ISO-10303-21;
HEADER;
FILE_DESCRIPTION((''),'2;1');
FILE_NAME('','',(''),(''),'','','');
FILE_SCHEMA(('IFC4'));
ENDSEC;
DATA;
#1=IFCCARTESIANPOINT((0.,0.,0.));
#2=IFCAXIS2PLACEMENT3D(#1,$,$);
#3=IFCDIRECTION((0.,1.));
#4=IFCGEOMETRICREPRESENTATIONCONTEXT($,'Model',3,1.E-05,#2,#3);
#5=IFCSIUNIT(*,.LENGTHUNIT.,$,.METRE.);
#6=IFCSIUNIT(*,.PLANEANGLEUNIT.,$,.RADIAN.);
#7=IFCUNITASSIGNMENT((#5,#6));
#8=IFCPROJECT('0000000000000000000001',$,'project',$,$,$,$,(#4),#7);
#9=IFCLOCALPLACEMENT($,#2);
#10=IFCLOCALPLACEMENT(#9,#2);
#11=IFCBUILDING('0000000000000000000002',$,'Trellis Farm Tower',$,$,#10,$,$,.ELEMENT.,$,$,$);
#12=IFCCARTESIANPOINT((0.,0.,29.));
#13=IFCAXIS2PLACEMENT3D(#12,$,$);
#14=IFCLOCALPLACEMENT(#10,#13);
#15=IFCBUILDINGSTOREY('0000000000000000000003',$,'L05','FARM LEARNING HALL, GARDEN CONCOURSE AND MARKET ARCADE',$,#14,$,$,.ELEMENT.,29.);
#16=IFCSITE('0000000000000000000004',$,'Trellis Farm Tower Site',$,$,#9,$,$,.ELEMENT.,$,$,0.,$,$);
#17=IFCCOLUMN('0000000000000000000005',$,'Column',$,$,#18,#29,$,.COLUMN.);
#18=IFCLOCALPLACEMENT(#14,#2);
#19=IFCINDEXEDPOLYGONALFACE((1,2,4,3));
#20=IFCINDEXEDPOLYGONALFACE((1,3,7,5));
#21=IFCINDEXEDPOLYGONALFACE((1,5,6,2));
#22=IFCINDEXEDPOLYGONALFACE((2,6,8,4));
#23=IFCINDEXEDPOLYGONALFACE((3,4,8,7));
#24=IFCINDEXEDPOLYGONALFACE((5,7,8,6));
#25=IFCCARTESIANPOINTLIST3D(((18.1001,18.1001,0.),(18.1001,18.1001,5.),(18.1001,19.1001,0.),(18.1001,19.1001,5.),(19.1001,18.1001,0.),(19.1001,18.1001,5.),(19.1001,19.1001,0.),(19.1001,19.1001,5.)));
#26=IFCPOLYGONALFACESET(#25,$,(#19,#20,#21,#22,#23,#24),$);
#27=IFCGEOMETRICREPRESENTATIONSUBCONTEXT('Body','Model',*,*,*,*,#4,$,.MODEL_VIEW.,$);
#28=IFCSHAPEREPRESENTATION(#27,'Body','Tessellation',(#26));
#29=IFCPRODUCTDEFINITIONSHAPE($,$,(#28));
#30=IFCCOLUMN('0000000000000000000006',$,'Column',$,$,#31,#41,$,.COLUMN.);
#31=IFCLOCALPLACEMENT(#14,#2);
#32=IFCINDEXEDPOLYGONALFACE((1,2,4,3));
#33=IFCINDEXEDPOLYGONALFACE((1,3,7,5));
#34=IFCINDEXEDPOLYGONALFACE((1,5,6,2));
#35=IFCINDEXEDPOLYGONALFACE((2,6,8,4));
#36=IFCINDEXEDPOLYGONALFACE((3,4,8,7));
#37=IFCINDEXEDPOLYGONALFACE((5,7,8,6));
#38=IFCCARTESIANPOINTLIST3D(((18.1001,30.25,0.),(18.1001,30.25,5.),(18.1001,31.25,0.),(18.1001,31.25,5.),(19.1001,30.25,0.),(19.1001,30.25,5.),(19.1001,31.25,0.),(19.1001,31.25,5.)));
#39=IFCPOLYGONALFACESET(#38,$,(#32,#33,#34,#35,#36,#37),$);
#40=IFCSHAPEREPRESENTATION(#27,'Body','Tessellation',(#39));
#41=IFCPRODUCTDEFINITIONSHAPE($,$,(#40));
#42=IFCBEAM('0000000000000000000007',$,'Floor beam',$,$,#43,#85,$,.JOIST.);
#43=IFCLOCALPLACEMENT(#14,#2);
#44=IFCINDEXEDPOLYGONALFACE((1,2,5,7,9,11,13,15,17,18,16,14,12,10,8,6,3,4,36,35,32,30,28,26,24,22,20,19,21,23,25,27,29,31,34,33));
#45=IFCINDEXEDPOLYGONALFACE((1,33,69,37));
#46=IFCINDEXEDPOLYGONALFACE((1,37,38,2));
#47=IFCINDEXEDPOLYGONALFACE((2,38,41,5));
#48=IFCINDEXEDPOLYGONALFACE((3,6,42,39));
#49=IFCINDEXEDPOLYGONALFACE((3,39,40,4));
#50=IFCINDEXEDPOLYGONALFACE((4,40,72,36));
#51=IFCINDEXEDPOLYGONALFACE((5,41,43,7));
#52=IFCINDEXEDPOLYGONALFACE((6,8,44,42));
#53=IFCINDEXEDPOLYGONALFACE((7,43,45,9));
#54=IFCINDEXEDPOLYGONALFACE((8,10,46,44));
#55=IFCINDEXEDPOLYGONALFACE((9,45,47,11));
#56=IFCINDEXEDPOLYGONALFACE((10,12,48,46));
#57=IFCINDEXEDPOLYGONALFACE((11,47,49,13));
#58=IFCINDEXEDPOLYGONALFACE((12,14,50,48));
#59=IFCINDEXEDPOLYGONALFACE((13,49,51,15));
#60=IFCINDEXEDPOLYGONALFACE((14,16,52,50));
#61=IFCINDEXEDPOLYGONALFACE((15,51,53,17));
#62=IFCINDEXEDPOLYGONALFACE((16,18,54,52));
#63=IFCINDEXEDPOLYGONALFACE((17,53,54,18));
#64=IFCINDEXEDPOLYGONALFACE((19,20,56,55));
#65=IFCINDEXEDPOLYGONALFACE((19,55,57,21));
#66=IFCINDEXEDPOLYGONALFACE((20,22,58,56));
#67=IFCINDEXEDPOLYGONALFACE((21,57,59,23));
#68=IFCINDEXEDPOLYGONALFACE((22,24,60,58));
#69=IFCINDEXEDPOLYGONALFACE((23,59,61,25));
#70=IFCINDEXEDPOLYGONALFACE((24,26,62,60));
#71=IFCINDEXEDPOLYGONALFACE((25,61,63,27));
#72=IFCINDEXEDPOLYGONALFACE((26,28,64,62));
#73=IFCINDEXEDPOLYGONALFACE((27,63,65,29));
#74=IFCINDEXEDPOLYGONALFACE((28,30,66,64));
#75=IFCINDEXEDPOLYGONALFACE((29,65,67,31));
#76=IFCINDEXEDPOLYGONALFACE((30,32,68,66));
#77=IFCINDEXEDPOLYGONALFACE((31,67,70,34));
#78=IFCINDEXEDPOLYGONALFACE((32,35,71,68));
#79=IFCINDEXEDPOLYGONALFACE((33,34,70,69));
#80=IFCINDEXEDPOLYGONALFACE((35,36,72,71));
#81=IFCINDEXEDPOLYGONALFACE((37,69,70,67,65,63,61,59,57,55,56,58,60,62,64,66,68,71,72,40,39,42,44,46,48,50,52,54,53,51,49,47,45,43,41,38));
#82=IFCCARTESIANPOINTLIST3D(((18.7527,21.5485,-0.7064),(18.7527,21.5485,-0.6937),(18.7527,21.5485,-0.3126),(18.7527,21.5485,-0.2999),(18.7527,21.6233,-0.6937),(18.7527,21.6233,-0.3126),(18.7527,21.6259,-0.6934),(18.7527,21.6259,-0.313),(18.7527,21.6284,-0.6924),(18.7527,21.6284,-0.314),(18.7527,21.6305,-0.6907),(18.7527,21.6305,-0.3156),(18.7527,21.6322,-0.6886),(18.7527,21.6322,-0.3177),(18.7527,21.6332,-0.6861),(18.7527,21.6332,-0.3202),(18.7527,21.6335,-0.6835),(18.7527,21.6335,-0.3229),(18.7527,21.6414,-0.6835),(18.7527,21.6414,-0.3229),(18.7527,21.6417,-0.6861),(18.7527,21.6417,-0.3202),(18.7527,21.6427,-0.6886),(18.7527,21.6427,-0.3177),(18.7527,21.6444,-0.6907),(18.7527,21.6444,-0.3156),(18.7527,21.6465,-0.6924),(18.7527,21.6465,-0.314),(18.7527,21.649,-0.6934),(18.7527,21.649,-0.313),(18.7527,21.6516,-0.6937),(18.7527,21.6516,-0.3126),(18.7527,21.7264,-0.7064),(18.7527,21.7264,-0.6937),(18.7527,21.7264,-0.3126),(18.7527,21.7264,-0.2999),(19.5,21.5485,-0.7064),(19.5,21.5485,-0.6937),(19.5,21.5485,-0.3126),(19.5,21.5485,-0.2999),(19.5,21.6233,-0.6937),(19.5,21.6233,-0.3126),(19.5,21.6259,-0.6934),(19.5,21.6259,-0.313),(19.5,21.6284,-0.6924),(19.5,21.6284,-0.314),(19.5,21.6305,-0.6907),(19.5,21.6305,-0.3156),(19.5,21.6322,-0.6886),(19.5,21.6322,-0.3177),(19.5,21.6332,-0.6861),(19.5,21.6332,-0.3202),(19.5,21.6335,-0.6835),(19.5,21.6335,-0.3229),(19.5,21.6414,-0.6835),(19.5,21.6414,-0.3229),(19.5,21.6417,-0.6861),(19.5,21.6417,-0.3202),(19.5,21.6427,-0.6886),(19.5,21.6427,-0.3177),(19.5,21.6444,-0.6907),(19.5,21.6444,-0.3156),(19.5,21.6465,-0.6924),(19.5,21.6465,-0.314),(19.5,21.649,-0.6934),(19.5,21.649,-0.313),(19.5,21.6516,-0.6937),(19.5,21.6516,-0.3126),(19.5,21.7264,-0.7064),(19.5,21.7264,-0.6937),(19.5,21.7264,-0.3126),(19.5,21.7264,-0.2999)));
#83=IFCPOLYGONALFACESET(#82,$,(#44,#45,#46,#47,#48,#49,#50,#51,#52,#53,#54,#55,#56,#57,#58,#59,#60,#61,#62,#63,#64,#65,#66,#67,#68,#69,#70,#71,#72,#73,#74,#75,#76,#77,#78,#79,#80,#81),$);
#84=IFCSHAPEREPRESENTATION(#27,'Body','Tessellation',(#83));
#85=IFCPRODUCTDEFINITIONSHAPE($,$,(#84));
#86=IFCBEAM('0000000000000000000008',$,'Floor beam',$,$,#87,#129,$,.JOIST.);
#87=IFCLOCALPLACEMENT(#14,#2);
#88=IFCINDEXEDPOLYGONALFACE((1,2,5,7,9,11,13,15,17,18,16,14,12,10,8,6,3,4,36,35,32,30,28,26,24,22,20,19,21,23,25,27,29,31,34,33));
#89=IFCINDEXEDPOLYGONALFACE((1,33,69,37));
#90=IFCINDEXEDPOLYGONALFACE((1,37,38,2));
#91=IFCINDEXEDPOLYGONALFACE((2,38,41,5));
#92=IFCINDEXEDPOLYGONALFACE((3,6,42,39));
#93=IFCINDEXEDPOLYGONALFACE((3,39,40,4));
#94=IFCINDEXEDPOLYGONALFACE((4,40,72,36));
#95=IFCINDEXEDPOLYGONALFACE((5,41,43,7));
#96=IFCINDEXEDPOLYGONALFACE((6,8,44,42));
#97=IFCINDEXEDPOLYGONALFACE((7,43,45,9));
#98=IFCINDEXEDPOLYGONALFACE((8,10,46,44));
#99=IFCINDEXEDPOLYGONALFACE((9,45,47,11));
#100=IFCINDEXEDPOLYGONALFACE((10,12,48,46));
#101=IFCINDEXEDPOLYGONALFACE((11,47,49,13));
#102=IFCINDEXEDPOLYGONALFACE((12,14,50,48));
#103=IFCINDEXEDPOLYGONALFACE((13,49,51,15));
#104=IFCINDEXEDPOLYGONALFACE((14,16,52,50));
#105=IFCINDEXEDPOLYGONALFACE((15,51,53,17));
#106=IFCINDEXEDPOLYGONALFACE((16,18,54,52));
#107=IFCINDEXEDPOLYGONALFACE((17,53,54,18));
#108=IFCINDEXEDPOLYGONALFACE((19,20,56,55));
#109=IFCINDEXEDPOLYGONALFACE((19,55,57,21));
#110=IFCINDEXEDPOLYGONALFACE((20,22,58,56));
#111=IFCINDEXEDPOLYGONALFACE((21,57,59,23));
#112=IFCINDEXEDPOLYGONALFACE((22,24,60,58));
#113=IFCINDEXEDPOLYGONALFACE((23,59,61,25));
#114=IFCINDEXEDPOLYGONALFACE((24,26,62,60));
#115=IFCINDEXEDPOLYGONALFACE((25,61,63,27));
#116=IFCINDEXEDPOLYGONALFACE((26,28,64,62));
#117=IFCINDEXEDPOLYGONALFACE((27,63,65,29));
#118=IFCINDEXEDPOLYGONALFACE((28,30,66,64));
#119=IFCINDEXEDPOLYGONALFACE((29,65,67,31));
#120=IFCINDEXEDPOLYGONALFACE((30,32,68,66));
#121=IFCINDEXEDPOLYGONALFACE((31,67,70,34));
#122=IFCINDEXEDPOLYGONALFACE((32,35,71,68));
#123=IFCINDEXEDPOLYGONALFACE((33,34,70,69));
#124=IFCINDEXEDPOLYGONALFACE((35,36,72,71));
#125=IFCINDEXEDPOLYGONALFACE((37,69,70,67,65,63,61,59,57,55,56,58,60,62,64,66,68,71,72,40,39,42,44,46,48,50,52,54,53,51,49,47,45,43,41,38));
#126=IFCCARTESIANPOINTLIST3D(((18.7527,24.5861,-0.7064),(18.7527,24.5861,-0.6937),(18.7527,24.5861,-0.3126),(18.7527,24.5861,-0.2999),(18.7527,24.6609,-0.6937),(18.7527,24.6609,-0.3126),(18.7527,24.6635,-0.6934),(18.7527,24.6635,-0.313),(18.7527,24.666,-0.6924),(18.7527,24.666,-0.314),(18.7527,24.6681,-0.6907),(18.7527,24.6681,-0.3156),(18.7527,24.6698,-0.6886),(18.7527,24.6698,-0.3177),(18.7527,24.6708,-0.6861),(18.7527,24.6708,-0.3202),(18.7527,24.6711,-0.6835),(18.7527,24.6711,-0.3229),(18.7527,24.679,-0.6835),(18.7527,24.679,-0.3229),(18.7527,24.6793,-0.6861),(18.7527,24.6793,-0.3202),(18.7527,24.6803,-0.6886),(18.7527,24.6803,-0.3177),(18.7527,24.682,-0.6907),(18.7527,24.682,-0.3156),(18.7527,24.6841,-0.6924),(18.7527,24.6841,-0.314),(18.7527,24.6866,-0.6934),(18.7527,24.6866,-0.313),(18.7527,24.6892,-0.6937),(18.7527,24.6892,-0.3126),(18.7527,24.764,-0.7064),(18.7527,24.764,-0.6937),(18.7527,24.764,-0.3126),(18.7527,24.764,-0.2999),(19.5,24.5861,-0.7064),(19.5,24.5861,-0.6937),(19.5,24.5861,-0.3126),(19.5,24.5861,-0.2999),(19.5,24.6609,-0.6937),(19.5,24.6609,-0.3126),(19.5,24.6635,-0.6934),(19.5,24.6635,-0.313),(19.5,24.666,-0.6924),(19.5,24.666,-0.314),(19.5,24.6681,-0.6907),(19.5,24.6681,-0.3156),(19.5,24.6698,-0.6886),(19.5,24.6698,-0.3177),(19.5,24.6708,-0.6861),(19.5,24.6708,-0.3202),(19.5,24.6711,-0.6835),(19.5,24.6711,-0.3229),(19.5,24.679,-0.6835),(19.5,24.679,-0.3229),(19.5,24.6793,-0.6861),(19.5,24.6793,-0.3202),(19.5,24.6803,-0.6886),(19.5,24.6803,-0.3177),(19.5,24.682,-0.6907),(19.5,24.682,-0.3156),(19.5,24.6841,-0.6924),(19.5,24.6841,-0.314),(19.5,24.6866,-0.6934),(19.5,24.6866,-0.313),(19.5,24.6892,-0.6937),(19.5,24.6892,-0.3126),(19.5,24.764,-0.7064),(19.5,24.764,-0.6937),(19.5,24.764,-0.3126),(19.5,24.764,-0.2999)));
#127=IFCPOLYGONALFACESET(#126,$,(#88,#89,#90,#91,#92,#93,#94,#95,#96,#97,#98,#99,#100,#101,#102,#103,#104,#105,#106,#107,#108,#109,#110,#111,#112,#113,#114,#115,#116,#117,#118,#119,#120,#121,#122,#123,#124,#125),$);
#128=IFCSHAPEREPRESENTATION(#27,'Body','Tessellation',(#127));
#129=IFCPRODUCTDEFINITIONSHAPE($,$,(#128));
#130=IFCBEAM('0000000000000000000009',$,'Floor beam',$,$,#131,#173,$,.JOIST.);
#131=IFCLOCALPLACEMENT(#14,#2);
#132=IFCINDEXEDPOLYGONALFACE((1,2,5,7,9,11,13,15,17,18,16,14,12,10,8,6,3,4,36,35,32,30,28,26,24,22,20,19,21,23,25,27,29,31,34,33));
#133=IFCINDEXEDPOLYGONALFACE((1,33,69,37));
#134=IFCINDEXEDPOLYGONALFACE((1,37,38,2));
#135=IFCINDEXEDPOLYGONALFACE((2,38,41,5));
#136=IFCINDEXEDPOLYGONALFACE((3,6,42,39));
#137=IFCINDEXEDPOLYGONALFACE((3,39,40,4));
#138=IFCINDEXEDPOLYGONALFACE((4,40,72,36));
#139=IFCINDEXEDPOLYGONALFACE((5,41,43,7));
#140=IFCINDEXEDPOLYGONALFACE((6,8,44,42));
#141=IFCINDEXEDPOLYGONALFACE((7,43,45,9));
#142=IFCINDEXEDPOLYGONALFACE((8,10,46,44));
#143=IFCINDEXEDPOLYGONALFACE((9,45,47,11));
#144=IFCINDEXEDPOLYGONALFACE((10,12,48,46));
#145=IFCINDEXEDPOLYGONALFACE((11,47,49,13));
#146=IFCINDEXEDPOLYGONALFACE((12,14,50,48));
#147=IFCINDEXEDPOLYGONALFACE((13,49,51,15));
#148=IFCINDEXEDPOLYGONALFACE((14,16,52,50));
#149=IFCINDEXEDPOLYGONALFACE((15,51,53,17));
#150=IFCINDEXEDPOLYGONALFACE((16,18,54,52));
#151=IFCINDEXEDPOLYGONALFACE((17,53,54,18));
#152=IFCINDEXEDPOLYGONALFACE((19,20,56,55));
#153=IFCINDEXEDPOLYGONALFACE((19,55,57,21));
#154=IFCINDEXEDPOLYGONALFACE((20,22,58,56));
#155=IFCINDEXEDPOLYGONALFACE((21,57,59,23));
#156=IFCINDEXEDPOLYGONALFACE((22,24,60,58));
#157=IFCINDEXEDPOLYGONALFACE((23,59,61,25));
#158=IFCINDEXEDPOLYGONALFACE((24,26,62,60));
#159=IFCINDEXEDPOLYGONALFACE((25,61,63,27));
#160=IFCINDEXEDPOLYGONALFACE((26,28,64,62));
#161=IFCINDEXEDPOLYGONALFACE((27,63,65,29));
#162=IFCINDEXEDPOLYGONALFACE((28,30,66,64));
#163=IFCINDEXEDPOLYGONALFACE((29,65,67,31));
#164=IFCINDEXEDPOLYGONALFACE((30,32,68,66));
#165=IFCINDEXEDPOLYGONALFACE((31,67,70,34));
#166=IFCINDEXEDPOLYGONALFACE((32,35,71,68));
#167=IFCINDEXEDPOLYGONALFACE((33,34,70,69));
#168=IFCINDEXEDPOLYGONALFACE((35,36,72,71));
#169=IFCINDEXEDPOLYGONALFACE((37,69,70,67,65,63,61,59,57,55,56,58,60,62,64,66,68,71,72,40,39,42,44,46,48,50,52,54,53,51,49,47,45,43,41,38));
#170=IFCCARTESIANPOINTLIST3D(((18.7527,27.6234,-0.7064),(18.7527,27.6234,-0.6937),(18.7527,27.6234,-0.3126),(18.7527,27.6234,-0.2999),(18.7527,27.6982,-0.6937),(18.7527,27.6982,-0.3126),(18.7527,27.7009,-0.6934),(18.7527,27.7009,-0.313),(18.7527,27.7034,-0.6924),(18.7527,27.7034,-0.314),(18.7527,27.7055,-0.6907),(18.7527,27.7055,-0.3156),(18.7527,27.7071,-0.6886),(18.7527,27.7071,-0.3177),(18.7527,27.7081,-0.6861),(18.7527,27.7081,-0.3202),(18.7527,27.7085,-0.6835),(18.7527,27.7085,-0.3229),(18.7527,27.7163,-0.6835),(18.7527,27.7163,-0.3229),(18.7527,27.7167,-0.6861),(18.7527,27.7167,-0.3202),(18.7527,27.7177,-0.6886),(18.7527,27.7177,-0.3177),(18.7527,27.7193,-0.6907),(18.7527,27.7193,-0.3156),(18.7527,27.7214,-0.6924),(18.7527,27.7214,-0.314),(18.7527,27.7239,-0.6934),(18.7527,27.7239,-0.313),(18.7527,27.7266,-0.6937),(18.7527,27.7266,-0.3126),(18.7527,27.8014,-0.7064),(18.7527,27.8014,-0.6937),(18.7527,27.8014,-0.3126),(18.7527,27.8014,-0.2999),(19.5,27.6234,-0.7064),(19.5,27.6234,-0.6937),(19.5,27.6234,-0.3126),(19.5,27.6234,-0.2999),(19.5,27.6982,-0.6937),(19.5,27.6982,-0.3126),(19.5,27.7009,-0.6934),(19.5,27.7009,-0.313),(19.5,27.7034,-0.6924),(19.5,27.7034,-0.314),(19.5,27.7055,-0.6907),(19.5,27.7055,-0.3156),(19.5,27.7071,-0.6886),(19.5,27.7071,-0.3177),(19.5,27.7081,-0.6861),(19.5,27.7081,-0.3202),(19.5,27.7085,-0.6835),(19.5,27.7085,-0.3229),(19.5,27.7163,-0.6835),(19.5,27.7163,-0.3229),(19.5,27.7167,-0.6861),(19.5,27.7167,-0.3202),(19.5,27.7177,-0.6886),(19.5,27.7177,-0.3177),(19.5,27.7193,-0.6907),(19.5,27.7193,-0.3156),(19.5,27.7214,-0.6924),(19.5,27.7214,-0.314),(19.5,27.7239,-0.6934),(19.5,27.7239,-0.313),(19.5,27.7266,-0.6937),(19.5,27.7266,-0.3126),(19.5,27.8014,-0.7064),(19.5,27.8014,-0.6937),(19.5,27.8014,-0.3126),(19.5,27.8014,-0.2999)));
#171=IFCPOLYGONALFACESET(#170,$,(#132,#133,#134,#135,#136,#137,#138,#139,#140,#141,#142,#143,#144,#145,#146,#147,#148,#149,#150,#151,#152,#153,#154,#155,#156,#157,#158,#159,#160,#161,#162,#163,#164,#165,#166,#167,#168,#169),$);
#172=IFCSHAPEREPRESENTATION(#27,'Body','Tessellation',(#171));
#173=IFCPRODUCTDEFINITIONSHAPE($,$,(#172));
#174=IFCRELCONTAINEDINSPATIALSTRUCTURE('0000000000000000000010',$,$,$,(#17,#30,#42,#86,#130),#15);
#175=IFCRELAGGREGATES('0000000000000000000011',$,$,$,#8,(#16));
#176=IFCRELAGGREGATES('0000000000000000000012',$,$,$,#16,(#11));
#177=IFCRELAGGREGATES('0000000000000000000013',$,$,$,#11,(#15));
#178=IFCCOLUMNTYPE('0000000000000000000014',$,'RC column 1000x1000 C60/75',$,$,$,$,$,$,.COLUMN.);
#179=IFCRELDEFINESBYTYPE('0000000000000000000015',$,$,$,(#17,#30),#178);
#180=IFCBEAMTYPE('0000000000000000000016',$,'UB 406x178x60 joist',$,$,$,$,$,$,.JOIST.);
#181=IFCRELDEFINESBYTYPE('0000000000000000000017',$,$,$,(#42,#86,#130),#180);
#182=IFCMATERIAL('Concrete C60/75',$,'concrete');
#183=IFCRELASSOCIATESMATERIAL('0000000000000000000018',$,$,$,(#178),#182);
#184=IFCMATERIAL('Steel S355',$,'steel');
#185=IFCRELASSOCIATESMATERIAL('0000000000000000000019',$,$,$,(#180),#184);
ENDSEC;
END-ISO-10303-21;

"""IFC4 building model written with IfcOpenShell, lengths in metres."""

from ifc_helpers import new_model, si_unit, direction, frame, origin, origin_2d, place, context, subcontext, project, spatial, rectangle, i_section, extrude, source, transform, mapped, material, material_profile, profile_set, type_object, element, save


model = new_model("IFC4")

# Units and contexts
model_context = context("Model", 3, precision=1e-05, world=origin(), true_north=direction((0.0, 1.0)))
body_context = subcontext(model_context, "Body", "Model", "MODEL_VIEW")
ifc_project = project(units=[si_unit("LENGTHUNIT", "METRE"), si_unit("PLANEANGLEUNIT", "RADIAN")], contexts=[model_context])

# Site, building, storey
site_placement = place(None, origin())
site = spatial("IfcSite", under=ifc_project, at=site_placement, Name="Trellis Farm Tower Site", CompositionType="ELEMENT", RefElevation=0.0)
building_placement = place(site_placement, origin())
building = spatial("IfcBuilding", under=site, at=building_placement, Name="Trellis Farm Tower", CompositionType="ELEMENT")
storey_placement = place(building_placement, frame((0.0, 0.0, 29.0)))
storey = spatial("IfcBuildingStorey", under=building, at=storey_placement, Name="L05", Description="FARM LEARNING HALL, GARDEN CONCOURSE AND MARKET ARCADE", CompositionType="ELEMENT", Elevation=29.0)

# Columns
ifc_material_1 = material(Name="Concrete C60/75", Category="concrete")
ifc_material_profile_1 = material_profile(ifc_material_1, rectangle(XDim=1.0, YDim=1.0, at=origin_2d()), Name="RC column 1000x1000 C60/75")
ifc_profile_set_1 = profile_set([ifc_material_profile_1], Name="Concrete C60/75")
column_type = type_object("IfcColumnType", Name="RC column 1000x1000 C60/75", PredefinedType="COLUMN", material=ifc_profile_set_1)
shared_shape_1 = source(origin(), body_context, "Body", "SweptSolid", [
    extrude(rectangle(XDim=1.0, YDim=1.0, at=origin_2d()), origin(), (0.0, 0.0, 1.0), 5.0),
])
for number, where, z_axis, x_axis, name in (
    (1, (18.6001, 18.6001, 0.0), (0.0, 0.0, 1.0), (1.0, 0.0, 0.0), "Column"),
    (2, (18.6001, 30.75, 0.0), (0.0, 0.0, 1.0), (1.0, 0.0, 0.0), "Column"),
):
    element("IfcColumn", number, at=place(storey_placement, frame(where, z_axis=z_axis, x_axis=x_axis)), inside=storey, type_object=column_type, Name=name, PredefinedType="COLUMN", context=body_context, shape_type="MappedRepresentation", body=[
        mapped(shared_shape_1, transform((0.0, 0.0, 0.0))),
    ])

# Beams
ifc_material_2 = material(Name="Steel S355", Category="steel")
ifc_material_profile_2 = material_profile(ifc_material_2, i_section(OverallWidth=0.178, OverallDepth=0.4065, WebThickness=0.0078, FlangeThickness=0.0127, FilletRadius=0.0103, at=origin_2d()), Name="UB 406x178x60")
ifc_profile_set_2 = profile_set([ifc_material_profile_2], Name="Steel S355")
beam_type_1 = type_object("IfcBeamType", Name="UB 406x178x60 joist", PredefinedType="JOIST", material=ifc_profile_set_2)
shared_shape_2 = source(origin(), body_context, "Body", "SweptSolid", [
    extrude(i_section(OverallWidth=0.178, OverallDepth=0.4065, WebThickness=0.0078, FlangeThickness=0.0127, FilletRadius=0.0103, at=origin_2d()), origin(), (0.0, 0.0, 1.0), 0.7473),
])
for number, where, z_axis, x_axis, name in (
    (3, (18.7527, 21.6375, -0.5032), (1.0, 0.0, 0.0), (0.0, 1.0, 0.0), "Floor beam"),
    (4, (18.7527, 24.675, -0.5032), (1.0, 0.0, 0.0), (0.0, 1.0, 0.0), "Floor beam"),
    (5, (18.7527, 27.7124, -0.5032), (1.0, 0.0, 0.0), (0.0, 1.0, 0.0), "Floor beam"),
):
    element("IfcBeam", number, at=place(storey_placement, frame(where, z_axis=z_axis, x_axis=x_axis)), inside=storey, type_object=beam_type_1, Name=name, PredefinedType="JOIST", context=body_context, shape_type="MappedRepresentation", body=[
        mapped(shared_shape_2, transform((0.0, 0.0, 0.0))),
    ])

save(model, "model.ifc")
